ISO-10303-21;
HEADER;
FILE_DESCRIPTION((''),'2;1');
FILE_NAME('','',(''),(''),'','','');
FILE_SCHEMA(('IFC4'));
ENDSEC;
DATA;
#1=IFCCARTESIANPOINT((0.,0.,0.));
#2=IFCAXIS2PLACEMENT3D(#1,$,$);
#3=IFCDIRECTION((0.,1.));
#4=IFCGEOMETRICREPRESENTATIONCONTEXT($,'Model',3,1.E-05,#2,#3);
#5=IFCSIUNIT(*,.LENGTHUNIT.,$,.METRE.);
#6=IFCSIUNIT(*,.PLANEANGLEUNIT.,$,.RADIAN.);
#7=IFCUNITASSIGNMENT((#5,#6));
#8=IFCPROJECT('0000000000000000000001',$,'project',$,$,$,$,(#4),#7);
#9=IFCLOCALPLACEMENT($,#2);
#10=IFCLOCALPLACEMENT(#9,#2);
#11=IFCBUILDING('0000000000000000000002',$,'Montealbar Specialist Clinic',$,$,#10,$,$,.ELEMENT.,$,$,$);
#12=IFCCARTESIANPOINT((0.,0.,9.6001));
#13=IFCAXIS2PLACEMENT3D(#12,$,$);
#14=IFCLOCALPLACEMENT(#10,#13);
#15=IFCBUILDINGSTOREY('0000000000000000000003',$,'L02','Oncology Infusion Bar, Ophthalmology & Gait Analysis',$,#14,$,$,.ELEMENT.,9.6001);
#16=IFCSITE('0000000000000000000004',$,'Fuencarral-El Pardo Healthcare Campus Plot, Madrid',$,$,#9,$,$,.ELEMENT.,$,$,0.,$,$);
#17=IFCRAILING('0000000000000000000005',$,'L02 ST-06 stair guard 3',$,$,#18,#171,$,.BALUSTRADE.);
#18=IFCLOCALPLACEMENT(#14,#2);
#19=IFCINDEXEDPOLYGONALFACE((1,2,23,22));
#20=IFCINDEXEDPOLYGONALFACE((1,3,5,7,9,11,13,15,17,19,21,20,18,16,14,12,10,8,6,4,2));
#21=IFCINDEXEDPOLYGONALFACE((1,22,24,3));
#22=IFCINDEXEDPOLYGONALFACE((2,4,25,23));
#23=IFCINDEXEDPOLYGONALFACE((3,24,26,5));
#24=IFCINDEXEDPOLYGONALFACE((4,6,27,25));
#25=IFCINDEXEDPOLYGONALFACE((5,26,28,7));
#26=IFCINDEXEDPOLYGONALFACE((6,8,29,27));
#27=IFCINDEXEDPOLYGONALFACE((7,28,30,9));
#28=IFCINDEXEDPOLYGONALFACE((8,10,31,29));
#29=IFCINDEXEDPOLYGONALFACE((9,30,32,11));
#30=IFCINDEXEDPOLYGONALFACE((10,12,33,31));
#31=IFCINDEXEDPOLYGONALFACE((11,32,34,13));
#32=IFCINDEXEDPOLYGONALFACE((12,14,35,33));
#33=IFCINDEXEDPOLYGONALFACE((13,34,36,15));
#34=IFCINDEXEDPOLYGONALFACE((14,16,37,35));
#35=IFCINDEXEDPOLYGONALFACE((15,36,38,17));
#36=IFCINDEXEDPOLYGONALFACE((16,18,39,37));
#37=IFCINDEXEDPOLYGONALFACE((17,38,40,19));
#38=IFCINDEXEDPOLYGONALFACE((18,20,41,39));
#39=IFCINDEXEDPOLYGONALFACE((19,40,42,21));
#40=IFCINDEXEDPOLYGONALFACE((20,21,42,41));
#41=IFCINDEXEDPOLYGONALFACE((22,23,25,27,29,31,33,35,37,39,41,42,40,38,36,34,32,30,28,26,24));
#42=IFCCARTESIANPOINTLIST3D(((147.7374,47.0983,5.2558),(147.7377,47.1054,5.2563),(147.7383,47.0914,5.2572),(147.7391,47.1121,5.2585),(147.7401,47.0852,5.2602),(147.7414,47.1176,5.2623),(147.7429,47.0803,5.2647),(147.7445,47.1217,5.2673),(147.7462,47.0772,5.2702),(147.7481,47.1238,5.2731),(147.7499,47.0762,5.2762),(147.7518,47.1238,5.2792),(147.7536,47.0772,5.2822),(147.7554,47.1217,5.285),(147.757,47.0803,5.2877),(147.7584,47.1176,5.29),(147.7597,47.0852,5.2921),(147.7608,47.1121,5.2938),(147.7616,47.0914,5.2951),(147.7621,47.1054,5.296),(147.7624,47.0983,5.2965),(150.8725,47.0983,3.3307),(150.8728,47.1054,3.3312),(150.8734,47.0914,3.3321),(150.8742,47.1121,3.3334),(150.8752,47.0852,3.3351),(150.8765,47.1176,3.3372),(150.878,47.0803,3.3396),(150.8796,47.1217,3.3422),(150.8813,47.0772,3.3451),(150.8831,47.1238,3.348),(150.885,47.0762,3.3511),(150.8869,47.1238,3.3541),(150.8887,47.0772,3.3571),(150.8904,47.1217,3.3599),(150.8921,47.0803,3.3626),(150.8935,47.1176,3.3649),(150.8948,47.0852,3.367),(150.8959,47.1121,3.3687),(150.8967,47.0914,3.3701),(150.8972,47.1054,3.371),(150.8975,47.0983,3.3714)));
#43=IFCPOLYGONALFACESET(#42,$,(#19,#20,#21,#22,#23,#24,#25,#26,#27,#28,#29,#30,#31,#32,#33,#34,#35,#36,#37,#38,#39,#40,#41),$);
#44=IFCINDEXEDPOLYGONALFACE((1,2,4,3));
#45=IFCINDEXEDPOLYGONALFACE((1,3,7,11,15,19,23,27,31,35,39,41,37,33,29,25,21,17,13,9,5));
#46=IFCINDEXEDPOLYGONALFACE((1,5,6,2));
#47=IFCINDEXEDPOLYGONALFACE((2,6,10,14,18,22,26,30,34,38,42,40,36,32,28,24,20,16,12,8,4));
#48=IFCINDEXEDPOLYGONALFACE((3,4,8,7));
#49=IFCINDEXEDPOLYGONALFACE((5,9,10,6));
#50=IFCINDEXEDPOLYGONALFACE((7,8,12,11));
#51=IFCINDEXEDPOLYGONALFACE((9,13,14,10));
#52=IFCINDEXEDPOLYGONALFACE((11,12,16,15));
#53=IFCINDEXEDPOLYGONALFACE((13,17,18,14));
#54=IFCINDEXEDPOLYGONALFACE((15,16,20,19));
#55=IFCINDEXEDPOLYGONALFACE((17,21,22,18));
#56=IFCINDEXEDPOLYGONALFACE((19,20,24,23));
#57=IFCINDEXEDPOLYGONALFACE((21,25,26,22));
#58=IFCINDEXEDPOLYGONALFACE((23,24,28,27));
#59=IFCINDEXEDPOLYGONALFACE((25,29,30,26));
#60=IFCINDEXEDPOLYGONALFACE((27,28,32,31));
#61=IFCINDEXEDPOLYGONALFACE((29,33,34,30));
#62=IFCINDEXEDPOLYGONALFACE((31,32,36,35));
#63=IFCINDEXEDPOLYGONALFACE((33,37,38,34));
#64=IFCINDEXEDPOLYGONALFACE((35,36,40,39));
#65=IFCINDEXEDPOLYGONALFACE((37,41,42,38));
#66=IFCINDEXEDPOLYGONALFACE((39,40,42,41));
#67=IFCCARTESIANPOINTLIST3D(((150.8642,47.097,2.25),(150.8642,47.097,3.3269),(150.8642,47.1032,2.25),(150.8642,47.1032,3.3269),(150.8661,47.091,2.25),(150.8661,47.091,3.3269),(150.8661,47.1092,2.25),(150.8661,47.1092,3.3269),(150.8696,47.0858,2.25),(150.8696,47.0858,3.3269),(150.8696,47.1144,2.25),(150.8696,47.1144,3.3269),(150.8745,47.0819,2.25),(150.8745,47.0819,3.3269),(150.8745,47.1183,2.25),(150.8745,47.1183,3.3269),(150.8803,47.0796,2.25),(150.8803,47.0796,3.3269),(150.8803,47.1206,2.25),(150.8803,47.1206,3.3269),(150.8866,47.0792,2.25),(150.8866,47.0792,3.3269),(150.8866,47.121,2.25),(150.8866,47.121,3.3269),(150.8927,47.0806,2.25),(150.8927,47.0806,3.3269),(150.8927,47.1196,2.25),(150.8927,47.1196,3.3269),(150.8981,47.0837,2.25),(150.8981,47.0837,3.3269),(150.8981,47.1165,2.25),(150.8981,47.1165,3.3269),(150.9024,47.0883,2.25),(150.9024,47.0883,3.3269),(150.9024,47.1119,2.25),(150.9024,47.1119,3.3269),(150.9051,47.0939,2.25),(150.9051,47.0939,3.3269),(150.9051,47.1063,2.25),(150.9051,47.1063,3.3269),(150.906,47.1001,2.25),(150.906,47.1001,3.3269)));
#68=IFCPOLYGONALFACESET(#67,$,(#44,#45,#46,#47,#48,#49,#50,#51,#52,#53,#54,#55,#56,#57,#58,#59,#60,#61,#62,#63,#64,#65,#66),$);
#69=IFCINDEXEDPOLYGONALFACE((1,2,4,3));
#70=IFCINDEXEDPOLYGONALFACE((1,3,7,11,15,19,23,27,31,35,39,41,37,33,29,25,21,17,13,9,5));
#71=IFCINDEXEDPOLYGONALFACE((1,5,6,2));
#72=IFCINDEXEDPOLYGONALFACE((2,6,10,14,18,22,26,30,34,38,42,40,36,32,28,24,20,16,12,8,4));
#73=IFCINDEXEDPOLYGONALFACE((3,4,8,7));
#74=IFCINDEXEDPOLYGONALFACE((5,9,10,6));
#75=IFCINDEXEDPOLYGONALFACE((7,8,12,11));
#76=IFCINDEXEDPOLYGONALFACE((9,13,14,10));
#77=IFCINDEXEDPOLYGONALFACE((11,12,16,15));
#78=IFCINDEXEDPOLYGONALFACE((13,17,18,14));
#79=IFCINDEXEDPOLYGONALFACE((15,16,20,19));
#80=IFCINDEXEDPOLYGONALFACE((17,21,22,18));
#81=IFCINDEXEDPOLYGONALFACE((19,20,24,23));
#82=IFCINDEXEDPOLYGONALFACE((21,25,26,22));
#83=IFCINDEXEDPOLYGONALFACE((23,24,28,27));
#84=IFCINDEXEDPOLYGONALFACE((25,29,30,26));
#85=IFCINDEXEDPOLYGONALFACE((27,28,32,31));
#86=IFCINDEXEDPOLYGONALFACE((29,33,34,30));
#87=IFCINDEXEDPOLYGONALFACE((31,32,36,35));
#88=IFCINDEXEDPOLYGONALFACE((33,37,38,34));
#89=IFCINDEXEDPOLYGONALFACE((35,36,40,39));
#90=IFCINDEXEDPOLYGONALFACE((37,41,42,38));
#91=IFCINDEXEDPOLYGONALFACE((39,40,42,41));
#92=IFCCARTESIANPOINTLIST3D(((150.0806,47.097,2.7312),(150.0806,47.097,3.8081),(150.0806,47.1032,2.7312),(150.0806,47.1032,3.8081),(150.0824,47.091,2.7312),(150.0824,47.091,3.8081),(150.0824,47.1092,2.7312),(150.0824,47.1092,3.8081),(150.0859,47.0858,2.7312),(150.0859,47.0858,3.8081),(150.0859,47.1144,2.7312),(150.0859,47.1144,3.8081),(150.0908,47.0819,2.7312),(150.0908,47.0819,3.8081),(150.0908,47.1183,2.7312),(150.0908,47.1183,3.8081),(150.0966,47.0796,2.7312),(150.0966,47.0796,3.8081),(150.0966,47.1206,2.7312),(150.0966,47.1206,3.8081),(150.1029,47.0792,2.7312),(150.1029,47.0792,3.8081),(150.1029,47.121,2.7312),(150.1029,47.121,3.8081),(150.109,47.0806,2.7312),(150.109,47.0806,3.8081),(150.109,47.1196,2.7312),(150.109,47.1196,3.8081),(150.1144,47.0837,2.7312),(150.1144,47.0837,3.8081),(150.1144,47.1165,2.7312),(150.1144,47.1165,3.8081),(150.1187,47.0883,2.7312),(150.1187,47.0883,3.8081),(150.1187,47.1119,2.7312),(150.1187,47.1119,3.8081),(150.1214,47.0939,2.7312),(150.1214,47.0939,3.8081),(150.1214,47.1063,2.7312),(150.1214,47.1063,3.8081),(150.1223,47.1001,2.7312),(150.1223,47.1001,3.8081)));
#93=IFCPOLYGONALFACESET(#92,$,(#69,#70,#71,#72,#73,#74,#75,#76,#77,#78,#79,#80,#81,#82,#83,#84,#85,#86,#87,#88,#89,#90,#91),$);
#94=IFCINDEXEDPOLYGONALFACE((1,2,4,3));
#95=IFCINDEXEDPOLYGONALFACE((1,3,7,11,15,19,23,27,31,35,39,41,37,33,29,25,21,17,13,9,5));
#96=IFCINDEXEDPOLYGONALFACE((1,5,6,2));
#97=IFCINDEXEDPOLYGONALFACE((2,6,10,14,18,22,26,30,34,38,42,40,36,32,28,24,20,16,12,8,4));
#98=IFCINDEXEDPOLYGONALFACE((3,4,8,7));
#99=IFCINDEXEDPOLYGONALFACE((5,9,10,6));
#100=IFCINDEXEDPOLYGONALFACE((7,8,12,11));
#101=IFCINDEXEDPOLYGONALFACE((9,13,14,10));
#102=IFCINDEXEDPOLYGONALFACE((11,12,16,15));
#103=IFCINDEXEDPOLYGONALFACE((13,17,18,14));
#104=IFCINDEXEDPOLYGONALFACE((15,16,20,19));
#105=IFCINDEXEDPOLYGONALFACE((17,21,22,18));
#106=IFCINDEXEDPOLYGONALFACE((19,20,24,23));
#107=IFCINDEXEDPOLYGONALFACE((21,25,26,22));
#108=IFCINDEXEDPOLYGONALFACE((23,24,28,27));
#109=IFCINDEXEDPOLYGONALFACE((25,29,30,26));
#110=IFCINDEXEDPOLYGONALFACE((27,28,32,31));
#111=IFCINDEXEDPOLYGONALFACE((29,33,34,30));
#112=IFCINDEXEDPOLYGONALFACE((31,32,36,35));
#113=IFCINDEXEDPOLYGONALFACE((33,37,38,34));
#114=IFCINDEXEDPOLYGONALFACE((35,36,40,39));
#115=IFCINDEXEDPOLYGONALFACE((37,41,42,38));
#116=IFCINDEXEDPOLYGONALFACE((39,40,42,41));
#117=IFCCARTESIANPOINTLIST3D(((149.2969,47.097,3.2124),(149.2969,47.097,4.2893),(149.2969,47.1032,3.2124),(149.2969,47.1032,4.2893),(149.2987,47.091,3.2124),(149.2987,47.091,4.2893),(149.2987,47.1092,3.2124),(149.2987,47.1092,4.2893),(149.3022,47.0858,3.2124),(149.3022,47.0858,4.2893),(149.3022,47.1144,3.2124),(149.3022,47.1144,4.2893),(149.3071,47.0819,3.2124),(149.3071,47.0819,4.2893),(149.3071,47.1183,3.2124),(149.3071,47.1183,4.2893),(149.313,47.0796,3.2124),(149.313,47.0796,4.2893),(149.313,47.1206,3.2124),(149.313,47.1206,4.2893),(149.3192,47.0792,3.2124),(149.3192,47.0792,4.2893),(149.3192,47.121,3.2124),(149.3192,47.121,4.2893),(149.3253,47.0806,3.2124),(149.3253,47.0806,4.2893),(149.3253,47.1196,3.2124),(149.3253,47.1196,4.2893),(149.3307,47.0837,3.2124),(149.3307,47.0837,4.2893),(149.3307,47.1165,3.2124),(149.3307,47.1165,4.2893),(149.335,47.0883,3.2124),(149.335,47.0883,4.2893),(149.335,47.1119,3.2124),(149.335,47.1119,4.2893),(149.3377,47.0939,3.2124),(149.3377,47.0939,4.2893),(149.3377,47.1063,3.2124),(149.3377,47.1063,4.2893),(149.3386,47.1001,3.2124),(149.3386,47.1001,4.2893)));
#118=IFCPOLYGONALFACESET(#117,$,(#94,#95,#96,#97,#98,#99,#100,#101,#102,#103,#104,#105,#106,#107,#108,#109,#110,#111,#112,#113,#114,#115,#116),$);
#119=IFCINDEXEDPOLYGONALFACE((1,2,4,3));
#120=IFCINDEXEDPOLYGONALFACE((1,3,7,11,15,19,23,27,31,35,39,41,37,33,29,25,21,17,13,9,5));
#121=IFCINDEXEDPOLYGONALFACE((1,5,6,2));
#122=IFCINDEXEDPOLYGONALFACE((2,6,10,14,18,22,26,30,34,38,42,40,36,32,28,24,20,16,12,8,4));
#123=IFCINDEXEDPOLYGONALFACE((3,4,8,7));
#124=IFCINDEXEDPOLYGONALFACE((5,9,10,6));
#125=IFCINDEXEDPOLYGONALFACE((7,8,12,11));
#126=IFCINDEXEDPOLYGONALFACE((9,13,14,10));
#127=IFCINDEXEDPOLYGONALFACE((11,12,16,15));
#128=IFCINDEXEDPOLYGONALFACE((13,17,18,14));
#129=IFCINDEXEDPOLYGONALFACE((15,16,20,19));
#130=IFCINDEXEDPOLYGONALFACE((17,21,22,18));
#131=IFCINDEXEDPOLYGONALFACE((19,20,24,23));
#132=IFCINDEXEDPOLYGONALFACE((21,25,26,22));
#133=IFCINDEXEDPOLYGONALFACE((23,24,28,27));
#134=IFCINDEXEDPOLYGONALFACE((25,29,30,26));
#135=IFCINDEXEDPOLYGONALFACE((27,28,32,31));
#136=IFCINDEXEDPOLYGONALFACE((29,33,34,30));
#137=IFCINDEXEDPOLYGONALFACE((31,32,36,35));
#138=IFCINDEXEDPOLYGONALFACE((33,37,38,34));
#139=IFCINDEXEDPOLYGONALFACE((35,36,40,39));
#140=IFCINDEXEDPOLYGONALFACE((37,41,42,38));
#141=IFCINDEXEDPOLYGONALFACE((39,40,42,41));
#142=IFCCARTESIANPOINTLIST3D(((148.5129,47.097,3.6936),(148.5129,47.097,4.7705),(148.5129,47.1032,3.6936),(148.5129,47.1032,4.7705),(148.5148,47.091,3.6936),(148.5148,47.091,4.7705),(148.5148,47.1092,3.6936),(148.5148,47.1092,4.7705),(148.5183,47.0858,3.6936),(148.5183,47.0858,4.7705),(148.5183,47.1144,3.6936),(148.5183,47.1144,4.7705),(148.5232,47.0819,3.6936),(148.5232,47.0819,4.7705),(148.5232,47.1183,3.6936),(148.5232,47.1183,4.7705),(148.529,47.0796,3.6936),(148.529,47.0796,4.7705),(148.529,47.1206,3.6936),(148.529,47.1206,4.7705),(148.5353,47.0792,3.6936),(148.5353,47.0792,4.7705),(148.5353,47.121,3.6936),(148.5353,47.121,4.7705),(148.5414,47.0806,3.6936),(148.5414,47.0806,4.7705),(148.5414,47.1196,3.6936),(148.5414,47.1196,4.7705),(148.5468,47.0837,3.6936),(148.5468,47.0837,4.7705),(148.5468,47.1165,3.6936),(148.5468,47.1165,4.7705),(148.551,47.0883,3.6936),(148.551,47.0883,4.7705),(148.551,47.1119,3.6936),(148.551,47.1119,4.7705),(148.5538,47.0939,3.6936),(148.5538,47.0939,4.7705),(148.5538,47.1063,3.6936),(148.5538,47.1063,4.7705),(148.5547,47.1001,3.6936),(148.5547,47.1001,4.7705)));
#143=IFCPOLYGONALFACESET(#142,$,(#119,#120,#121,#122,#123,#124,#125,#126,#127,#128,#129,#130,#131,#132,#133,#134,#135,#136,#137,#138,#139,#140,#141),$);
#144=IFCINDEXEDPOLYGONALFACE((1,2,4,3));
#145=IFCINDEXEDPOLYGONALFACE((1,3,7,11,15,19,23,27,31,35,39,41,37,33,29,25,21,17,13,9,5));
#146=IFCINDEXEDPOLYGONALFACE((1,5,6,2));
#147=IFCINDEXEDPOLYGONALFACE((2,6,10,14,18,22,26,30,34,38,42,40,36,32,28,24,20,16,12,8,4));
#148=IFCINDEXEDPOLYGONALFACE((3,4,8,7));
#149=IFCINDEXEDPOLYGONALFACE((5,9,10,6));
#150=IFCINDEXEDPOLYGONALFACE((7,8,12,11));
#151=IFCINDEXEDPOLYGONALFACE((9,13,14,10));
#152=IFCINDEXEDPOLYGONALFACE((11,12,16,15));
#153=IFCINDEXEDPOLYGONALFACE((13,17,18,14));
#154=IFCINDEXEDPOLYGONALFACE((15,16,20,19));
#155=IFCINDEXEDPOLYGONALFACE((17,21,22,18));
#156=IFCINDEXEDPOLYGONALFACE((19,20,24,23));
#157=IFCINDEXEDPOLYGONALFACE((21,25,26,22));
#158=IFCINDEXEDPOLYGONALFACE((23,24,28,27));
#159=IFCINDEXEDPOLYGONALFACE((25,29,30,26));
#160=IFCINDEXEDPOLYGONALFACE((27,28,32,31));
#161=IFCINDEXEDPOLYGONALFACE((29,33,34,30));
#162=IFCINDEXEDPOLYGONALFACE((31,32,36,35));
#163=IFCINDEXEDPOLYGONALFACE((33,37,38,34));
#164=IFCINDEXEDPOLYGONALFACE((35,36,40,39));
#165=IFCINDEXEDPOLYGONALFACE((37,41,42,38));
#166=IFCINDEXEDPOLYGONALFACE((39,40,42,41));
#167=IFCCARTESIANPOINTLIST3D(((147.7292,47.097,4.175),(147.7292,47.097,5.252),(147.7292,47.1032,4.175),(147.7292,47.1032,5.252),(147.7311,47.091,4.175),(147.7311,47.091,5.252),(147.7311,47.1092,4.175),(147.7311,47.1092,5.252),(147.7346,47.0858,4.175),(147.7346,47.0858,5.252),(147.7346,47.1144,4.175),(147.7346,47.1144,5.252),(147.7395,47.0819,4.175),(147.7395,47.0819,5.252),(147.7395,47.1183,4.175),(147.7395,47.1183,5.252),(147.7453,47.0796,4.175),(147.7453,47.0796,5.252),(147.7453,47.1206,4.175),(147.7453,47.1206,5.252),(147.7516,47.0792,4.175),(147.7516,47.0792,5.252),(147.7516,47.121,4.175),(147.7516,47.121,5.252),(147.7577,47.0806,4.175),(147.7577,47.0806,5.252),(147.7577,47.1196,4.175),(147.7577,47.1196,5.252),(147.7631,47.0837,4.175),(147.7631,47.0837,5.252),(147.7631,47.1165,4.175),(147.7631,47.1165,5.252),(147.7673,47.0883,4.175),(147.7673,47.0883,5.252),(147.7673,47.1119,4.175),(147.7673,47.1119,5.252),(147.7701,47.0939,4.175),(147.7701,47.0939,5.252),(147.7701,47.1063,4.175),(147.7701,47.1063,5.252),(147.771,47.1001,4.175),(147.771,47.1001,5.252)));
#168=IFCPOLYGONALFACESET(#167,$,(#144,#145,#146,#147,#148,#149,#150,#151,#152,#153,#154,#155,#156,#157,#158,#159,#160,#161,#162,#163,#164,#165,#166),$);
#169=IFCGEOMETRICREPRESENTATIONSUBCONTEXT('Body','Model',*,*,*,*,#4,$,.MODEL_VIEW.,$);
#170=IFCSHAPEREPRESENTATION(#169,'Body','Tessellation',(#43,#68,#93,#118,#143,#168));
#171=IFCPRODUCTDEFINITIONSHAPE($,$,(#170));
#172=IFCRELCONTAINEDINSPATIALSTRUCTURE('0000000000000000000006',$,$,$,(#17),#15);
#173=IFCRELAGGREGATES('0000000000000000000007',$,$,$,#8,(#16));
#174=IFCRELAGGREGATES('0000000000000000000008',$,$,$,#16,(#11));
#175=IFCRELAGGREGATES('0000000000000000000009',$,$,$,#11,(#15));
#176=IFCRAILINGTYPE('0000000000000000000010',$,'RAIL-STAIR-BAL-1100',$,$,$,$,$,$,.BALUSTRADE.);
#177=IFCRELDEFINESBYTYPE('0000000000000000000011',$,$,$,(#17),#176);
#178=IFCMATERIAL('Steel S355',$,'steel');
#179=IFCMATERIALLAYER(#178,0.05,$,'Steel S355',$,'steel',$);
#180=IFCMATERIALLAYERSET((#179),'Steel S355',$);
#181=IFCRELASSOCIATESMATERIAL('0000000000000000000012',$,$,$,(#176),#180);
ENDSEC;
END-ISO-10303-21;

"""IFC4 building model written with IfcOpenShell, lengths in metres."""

from ifc_helpers import new_model, si_unit, direction, frame, origin, origin_2d, place, context, subcontext, project, spatial, circle, extrude, material, layer, layer_set, type_object, element, save


model = new_model("IFC4")

# Units and contexts
model_context = context("Model", 3, precision=1e-05, world=origin(), true_north=direction((0.0, 1.0)))
body_context = subcontext(model_context, "Body", "Model", "MODEL_VIEW")
ifc_project = project(units=[si_unit("LENGTHUNIT", "METRE"), si_unit("PLANEANGLEUNIT", "RADIAN")], contexts=[model_context])

# Site, building, storey
site_placement = place(None, origin())
site = spatial("IfcSite", under=ifc_project, at=site_placement, Name="Fuencarral-El Pardo Healthcare Campus Plot, Madrid", CompositionType="ELEMENT", RefElevation=0.0)
building_placement = place(site_placement, origin())
building = spatial("IfcBuilding", under=site, at=building_placement, Name="Montealbar Specialist Clinic", CompositionType="ELEMENT")
storey_placement = place(building_placement, frame((0.0, 0.0, 9.6001)))
storey = spatial("IfcBuildingStorey", under=building, at=storey_placement, Name="L02", Description="Oncology Infusion Bar, Ophthalmology & Gait Analysis", CompositionType="ELEMENT", Elevation=9.6001)

# Shared definitions
ifc_material_1 = material(Name="Steel S355", Category="steel")

# Railing
ifc_layer_1 = layer(ifc_material_1, 0.05, Name="Steel S355", Category="steel")
ifc_layer_set_1 = layer_set([ifc_layer_1], Name="Steel S355")
railing_type_1 = type_object("IfcRailingType", Name="RAIL-STAIR-BAL-1100", PredefinedType="BALUSTRADE", material=ifc_layer_set_1)
railing_1_placement = place(storey_placement, frame((150.885, 47.1001, 2.2749)))
element("IfcRailing", 1, at=railing_1_placement, inside=storey, type_object=railing_type_1, Name="L02 ST-06 stair guard 3", PredefinedType="BALUSTRADE", context=body_context, shape_type="SweptSolid", body=[
    extrude(circle(Radius=0.0239, at=origin_2d()), frame((0.0, 0.0, 1.0762), z_axis=(-0.852166, 0.0, 0.523271), x_axis=(0.0, -1.0, 0.0)), (0.0, 0.0, 1.0), 3.679),
    extrude(circle(Radius=0.021, at=origin_2d()), frame((0.0, 0.0, -0.0249)), (0.0, 0.0, 1.0), 1.0769),
    extrude(circle(Radius=0.021, at=origin_2d()), frame((-0.7837, 0.0, 0.4563)), (0.0, 0.0, 1.0), 1.0769),
    extrude(circle(Radius=0.021, at=origin_2d()), frame((-1.5674, 0.0, 0.9375)), (0.0, 0.0, 1.0), 1.0769),
    extrude(circle(Radius=0.021, at=origin_2d()), frame((-2.3513, 0.0, 1.4187)), (0.0, 0.0, 1.0), 1.0769),
    extrude(circle(Radius=0.021, at=origin_2d()), frame((-3.135, 0.0, 1.9001)), (0.0, 0.0, 1.0), 1.0769),
])

save(model, "model.ifc")
